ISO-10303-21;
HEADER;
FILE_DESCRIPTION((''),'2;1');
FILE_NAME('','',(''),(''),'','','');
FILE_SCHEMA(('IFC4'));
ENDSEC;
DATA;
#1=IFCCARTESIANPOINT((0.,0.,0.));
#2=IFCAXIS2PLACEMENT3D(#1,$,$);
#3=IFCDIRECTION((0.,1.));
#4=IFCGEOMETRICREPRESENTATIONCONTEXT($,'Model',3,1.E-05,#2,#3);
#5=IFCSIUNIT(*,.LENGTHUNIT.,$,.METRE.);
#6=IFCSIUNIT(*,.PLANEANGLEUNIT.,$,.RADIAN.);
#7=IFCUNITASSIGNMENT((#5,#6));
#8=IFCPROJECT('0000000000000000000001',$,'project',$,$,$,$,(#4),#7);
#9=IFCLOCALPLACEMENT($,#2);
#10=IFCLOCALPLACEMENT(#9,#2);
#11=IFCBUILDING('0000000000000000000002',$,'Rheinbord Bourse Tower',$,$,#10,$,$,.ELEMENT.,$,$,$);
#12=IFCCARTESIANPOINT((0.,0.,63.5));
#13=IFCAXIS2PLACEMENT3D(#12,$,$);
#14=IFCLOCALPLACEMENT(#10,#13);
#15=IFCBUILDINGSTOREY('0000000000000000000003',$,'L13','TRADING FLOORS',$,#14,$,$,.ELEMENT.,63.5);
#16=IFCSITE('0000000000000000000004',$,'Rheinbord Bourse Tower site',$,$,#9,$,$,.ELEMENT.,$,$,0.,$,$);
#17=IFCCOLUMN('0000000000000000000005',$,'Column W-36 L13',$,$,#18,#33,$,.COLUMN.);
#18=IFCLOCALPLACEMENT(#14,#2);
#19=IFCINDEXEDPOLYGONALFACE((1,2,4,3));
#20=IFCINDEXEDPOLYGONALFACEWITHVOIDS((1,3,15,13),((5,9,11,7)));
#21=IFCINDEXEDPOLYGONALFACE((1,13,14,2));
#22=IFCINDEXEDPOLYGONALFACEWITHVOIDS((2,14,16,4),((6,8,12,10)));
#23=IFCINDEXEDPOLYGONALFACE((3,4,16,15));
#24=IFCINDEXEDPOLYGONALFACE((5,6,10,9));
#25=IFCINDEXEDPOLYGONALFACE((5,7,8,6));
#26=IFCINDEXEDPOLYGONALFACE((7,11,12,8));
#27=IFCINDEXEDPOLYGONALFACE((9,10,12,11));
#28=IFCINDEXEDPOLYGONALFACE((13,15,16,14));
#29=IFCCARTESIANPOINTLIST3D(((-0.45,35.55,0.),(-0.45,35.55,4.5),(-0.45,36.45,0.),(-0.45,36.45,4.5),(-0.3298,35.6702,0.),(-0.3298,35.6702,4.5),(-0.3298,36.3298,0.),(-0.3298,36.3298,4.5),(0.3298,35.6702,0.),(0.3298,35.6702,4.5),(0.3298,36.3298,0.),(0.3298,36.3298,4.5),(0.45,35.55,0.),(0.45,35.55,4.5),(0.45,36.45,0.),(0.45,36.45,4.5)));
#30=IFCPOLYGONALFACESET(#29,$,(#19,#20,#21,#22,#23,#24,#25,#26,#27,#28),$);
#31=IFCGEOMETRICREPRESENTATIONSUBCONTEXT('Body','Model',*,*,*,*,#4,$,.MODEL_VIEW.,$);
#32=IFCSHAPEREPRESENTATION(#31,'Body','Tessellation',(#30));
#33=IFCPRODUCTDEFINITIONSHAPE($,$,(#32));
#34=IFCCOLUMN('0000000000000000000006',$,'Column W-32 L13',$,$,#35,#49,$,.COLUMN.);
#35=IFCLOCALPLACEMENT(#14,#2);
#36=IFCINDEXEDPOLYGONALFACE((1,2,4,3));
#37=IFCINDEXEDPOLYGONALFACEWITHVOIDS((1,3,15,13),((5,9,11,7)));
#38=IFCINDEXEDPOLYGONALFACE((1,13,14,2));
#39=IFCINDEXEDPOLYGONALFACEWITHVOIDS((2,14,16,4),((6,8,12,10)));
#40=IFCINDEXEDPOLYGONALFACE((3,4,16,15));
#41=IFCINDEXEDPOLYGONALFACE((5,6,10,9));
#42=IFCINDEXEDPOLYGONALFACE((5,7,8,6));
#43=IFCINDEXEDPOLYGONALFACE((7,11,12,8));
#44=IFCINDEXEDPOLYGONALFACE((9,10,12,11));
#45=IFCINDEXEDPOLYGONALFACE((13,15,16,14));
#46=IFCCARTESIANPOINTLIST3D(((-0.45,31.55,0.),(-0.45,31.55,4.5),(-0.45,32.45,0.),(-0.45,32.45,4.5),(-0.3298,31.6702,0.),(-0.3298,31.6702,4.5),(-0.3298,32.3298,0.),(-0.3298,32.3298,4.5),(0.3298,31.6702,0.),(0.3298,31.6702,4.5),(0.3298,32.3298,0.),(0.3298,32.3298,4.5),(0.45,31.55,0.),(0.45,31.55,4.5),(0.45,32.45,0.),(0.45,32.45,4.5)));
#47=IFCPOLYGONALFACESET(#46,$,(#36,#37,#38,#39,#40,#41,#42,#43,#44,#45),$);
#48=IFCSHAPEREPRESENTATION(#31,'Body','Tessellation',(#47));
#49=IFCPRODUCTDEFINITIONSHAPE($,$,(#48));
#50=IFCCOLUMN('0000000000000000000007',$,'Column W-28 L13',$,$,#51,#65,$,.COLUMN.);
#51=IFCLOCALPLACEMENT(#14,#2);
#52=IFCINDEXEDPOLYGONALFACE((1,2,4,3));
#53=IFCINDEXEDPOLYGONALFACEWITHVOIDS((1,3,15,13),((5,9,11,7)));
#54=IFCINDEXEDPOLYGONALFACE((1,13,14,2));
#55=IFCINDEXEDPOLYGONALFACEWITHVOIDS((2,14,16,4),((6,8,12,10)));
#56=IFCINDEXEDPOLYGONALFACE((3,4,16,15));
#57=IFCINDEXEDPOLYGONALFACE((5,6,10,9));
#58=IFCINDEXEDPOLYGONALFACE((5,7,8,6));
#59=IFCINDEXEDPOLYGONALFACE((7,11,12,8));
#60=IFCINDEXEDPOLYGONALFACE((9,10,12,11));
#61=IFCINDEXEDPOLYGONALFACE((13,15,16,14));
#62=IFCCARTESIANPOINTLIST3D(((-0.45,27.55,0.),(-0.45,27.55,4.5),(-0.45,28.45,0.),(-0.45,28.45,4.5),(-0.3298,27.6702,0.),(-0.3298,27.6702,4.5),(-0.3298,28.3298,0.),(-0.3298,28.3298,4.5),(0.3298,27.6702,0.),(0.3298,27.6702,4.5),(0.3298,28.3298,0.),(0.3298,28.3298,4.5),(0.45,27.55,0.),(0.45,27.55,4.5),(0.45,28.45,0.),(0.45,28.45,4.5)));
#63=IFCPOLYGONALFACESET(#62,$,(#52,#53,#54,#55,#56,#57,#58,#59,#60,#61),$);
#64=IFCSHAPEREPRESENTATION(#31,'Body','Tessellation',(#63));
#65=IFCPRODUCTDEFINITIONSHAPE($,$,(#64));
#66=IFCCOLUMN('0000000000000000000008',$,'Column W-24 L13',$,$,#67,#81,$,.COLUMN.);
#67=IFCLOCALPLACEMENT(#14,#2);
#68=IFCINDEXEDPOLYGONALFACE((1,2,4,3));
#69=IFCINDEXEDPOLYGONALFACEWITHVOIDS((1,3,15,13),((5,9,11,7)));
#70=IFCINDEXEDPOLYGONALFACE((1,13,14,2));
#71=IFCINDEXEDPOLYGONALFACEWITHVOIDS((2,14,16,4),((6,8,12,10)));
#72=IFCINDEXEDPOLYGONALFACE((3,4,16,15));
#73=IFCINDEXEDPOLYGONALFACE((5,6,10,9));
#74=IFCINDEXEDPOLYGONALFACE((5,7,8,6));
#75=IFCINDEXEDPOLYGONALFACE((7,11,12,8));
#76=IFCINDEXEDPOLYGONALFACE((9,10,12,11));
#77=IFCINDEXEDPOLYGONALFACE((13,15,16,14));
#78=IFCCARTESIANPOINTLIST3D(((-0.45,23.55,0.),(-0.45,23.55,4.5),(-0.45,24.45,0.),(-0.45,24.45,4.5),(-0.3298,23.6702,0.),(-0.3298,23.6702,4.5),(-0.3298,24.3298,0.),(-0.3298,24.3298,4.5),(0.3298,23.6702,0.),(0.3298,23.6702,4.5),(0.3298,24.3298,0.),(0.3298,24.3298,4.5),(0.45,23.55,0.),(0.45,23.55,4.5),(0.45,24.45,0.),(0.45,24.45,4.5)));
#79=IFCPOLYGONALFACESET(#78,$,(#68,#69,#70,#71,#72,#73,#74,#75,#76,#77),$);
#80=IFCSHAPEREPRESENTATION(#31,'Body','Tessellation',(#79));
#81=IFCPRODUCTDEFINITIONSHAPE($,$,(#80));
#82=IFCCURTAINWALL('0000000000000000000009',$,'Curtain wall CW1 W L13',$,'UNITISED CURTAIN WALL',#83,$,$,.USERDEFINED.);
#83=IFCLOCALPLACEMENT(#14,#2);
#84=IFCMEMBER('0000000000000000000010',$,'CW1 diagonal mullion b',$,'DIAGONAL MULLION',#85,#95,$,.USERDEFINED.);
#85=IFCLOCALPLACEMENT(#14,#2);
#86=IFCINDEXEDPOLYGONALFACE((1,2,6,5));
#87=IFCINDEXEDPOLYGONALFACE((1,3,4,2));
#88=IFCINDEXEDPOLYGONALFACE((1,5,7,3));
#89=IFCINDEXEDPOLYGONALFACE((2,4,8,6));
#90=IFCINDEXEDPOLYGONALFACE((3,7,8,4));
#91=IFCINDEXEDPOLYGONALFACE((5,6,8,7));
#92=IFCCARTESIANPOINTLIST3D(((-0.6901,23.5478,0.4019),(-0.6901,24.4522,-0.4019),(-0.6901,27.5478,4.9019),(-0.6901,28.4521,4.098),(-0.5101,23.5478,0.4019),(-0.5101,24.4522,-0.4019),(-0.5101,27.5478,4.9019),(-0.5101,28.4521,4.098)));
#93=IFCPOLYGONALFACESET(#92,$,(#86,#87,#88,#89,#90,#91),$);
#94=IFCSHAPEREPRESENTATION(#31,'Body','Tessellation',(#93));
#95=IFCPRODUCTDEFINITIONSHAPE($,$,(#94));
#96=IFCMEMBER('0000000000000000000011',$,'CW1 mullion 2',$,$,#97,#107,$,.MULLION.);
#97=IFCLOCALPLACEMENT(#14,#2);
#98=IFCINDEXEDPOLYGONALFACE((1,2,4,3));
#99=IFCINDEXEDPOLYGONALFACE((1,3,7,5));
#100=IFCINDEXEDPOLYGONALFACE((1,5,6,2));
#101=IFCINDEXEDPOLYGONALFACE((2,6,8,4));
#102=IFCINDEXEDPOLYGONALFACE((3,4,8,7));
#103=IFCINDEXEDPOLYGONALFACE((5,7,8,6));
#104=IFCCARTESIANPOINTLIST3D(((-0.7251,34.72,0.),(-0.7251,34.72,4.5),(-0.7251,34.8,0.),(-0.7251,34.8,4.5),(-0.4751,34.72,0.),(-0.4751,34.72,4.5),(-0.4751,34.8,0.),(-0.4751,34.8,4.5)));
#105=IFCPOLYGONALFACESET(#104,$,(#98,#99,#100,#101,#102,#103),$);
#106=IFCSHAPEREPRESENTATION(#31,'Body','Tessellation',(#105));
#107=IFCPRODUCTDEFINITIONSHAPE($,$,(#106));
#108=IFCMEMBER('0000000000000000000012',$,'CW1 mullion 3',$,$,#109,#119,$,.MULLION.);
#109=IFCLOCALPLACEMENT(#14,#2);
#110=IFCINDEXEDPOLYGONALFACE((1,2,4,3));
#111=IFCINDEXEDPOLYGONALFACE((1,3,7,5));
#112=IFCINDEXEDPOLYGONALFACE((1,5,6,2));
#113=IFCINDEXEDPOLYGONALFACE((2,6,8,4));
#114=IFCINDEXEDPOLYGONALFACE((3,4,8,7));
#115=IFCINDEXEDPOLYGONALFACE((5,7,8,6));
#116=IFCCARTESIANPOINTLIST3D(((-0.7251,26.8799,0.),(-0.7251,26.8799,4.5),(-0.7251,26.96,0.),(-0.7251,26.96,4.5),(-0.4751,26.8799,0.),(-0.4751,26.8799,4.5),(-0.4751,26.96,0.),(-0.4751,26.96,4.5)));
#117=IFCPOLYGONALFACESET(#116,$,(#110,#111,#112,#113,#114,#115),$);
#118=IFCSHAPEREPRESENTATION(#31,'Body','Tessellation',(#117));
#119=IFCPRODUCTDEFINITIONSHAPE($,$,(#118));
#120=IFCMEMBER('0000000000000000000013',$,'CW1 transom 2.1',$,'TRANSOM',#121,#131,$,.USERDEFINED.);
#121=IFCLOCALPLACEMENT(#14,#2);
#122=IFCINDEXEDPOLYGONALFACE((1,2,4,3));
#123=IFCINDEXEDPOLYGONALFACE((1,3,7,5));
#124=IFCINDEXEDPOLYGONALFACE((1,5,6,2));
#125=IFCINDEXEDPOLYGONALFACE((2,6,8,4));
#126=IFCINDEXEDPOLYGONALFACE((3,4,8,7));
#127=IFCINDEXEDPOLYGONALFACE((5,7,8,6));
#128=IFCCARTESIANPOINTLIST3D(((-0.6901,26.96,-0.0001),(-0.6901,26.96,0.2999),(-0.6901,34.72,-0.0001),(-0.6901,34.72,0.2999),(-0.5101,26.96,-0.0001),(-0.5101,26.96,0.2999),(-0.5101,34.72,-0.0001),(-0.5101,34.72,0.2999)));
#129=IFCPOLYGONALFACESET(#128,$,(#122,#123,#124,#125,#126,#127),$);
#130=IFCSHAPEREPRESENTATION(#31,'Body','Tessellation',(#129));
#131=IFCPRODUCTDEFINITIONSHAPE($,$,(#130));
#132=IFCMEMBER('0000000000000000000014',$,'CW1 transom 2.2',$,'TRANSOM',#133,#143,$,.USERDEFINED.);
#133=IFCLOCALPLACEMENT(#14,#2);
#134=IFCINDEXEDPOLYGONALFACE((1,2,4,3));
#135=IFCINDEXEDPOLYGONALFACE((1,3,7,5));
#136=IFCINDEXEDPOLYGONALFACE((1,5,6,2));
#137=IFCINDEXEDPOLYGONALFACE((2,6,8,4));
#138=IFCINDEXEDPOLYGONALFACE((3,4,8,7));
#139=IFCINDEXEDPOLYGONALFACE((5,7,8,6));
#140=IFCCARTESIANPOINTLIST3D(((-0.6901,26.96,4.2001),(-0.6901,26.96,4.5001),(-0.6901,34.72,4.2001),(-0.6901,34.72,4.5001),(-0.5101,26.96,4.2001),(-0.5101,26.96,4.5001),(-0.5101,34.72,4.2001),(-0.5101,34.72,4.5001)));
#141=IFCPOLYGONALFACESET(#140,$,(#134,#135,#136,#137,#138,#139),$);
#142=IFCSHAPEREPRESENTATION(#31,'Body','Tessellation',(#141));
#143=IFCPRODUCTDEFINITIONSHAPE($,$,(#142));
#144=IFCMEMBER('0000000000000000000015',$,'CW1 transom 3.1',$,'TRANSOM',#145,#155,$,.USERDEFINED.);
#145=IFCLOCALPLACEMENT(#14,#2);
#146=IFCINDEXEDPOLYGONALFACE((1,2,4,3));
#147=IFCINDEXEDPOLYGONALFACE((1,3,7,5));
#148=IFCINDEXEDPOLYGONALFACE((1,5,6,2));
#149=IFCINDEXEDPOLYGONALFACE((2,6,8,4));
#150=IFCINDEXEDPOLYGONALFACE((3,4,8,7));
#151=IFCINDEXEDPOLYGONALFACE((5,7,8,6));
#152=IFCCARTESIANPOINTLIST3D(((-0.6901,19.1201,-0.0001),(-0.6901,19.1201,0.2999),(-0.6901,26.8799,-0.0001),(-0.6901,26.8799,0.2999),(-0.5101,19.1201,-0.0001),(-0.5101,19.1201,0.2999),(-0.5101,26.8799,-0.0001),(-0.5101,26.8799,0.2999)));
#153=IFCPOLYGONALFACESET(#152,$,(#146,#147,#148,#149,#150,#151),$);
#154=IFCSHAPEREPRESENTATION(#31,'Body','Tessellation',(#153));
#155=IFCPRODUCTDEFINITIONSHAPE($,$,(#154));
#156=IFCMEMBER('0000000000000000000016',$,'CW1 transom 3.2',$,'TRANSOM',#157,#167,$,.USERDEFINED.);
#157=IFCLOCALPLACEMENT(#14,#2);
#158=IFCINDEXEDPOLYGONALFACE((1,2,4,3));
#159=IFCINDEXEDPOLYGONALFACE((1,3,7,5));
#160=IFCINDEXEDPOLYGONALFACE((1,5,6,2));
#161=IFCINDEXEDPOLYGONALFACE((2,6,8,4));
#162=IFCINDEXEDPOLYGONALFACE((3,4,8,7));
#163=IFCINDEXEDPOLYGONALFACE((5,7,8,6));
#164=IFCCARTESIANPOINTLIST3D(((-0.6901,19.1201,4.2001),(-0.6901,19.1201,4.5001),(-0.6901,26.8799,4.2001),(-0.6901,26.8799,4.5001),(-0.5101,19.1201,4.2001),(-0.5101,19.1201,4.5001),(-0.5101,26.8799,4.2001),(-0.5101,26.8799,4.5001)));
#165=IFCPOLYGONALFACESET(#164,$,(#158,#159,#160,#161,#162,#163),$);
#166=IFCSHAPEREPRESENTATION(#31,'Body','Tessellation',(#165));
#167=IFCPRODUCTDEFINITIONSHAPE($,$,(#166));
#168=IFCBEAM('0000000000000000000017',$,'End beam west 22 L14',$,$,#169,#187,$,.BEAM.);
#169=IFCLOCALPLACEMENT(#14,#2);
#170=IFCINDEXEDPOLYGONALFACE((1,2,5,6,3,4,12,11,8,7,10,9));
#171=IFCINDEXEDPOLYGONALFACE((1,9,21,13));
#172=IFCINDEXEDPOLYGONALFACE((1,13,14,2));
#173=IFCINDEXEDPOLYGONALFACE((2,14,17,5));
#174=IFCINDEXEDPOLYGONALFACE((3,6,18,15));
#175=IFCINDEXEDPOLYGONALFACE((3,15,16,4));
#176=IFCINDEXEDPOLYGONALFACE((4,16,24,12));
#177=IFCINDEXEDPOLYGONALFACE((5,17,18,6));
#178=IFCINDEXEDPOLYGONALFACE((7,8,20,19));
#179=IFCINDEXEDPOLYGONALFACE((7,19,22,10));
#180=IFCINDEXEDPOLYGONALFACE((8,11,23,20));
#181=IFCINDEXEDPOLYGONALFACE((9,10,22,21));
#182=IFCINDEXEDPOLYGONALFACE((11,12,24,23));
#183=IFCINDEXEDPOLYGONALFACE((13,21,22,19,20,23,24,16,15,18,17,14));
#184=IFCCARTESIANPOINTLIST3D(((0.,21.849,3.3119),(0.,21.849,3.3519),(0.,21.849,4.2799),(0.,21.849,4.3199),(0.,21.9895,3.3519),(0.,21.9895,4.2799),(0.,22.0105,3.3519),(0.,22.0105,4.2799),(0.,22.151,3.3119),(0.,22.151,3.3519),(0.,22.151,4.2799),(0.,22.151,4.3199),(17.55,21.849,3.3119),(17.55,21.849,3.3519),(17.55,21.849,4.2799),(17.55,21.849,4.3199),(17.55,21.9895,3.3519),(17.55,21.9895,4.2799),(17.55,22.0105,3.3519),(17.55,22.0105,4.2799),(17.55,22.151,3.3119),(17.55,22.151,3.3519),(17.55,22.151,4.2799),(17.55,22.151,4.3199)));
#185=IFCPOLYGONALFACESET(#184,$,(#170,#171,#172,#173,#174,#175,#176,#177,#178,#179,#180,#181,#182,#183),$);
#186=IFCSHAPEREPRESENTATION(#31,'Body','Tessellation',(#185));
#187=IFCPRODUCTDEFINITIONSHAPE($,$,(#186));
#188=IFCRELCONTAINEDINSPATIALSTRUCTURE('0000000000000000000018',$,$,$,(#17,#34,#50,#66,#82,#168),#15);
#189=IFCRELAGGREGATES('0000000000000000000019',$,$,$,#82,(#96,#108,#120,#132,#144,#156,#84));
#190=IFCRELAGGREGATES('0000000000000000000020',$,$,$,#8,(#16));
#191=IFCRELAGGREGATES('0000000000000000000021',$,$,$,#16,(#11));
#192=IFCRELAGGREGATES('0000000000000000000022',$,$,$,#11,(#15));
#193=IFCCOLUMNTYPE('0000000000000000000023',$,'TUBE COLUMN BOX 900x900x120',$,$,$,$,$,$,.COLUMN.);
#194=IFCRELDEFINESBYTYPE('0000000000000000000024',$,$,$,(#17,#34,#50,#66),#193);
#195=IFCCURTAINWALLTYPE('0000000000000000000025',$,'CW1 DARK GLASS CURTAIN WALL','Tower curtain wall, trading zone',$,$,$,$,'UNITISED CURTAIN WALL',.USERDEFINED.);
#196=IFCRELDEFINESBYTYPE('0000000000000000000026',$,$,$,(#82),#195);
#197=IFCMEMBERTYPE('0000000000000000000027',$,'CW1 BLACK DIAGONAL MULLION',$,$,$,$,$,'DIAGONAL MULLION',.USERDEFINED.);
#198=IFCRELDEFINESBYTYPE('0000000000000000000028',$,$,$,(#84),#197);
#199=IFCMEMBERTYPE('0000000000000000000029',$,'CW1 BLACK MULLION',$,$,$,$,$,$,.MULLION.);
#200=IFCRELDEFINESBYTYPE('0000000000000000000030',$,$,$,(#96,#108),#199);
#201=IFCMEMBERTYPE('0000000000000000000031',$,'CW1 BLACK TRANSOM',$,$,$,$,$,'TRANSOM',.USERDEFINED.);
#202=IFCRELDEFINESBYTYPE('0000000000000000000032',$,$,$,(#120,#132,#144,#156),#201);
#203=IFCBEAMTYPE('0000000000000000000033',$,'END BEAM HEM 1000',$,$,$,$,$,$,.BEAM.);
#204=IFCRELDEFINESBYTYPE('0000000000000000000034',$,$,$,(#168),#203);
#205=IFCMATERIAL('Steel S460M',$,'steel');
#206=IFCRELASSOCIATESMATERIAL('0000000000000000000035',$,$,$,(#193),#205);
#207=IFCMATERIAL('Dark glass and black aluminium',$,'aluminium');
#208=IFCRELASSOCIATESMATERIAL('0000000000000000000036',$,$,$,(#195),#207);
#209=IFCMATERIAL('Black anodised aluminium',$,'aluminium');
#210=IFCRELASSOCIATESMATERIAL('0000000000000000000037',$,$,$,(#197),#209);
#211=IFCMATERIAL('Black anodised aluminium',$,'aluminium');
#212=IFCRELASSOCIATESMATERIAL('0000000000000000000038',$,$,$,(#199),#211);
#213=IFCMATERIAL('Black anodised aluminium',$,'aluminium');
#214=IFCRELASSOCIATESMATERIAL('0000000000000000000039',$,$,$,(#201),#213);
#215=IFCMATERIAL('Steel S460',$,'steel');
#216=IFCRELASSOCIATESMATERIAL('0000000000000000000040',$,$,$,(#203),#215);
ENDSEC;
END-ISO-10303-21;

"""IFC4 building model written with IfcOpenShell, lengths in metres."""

from ifc_helpers import new_model, si_unit, direction, frame, origin, origin_2d, place, context, subcontext, project, spatial, rectangle, hollow_rectangle, i_section, extrude, material, material_profile, profile_set, type_object, element, aggregate, save


model = new_model("IFC4")

# Units and contexts
model_context = context("Model", 3, precision=1e-05, world=origin(), true_north=direction((0.0, 1.0)))
body_context = subcontext(model_context, "Body", "Model", "MODEL_VIEW")
ifc_project = project(units=[si_unit("LENGTHUNIT", "METRE"), si_unit("PLANEANGLEUNIT", "RADIAN")], contexts=[model_context])

# Site, building, storey
site_placement = place(None, origin())
site = spatial("IfcSite", under=ifc_project, at=site_placement, Name="Rheinbord Bourse Tower site", CompositionType="ELEMENT", RefElevation=0.0)
building_placement = place(site_placement, origin())
building = spatial("IfcBuilding", under=site, at=building_placement, Name="Rheinbord Bourse Tower", CompositionType="ELEMENT")
storey_placement = place(building_placement, frame((0.0, 0.0, 63.5)))
storey = spatial("IfcBuildingStorey", under=building, at=storey_placement, Name="L13", Description="TRADING FLOORS", CompositionType="ELEMENT", Elevation=63.5)

# Columns
ifc_material_1 = material(Name="Steel S460M", Category="steel")
ifc_material_profile_1 = material_profile(ifc_material_1, hollow_rectangle(XDim=0.8999, YDim=0.8999, WallThickness=0.1201, at=origin_2d()), Name="BOX 900x900x120")
ifc_profile_set_1 = profile_set([ifc_material_profile_1], Name="Steel S460M")
column_type = type_object("IfcColumnType", Name="TUBE COLUMN BOX 900x900x120", PredefinedType="COLUMN", material=ifc_profile_set_1)
for number, where, z_axis, x_axis, name in (
    (1, (0.0, 36.0, 0.0), (0.0, 0.0, 1.0), (1.0, 0.0, 0.0), "Column W-36 L13"),
    (2, (0.0, 32.0, 0.0), (0.0, 0.0, 1.0), (1.0, 0.0, 0.0), "Column W-32 L13"),
    (3, (0.0, 28.0, 0.0), (0.0, 0.0, 1.0), (1.0, 0.0, 0.0), "Column W-28 L13"),
    (4, (0.0, 24.0, 0.0), (0.0, 0.0, 1.0), (1.0, 0.0, 0.0), "Column W-24 L13"),
):
    element("IfcColumn", number, at=place(storey_placement, frame(where, z_axis=z_axis, x_axis=x_axis)), inside=storey, type_object=column_type, Name=name, PredefinedType="COLUMN", context=body_context, shape_type="SweptSolid", body=[
        extrude(hollow_rectangle(XDim=0.8999, YDim=0.8999, WallThickness=0.1201, at=origin_2d()), origin(), (0.0, 0.0, 1.0), 4.5),
    ])

# Curtain wall, members
ifc_material_2 = material(Name="Dark glass and black aluminium", Category="aluminium")
curtain_wall_type = type_object("IfcCurtainWallType", Name="CW1 DARK GLASS CURTAIN WALL", Description="Tower curtain wall, trading zone", ElementType="UNITISED CURTAIN WALL", PredefinedType="USERDEFINED", material=ifc_material_2)
curtain_wall_placement = place(storey_placement, origin())
curtain_wall = element("IfcCurtainWall", 5, at=curtain_wall_placement, inside=storey, type_object=curtain_wall_type, Name="Curtain wall CW1 W L13", ObjectType="UNITISED CURTAIN WALL", PredefinedType="USERDEFINED")
ifc_material_3 = material(Name="Black anodised aluminium", Category="aluminium")
ifc_material_profile_2 = material_profile(ifc_material_3, rectangle(XDim=0.1799, YDim=1.21, at=origin_2d()), Name="CW1 DIAGONAL MULLION 1210x180")
ifc_profile_set_2 = profile_set([ifc_material_profile_2], Name="Black anodised aluminium")
member_type_1 = type_object("IfcMemberType", Name="CW1 BLACK DIAGONAL MULLION", ElementType="DIAGONAL MULLION", PredefinedType="USERDEFINED", material=ifc_profile_set_2)
member_1_placement = place(storey_placement, frame((-0.6001, 24.0, 0.0), z_axis=(0.0, 0.664364, 0.747409), x_axis=(-1.0, 0.0, 0.0)))
member_1 = element("IfcMember", 6, at=member_1_placement, type_object=member_type_1, Name="CW1 diagonal mullion b", ObjectType="DIAGONAL MULLION", PredefinedType="USERDEFINED", context=body_context, shape_type="SweptSolid", body=[
    extrude(rectangle(XDim=0.1799, YDim=1.21, at=origin_2d()), origin(), (0.0, 0.0, 1.0), 6.0208),
])
ifc_material_4 = material(Name="Black anodised aluminium", Category="aluminium")
ifc_material_profile_3 = material_profile(ifc_material_4, rectangle(XDim=0.25, YDim=0.0801, at=origin_2d()), Name="CW1 MULLION 80x250")
ifc_profile_set_3 = profile_set([ifc_material_profile_3], Name="Black anodised aluminium")
member_type_2 = type_object("IfcMemberType", Name="CW1 BLACK MULLION", PredefinedType="MULLION", material=ifc_profile_set_3)
member_2_placement = place(storey_placement, frame((-0.6001, 34.76, 0.0), z_axis=(0.0, 0.0, 1.0), x_axis=(1.0, 0.0, 0.0)))
member_2 = element("IfcMember", 7, at=member_2_placement, type_object=member_type_2, Name="CW1 mullion 2", PredefinedType="MULLION", context=body_context, shape_type="SweptSolid", body=[
    extrude(rectangle(XDim=0.25, YDim=0.0801, at=origin_2d()), origin(), (0.0, 0.0, 1.0), 4.5),
])
member_3_placement = place(storey_placement, frame((-0.6001, 26.9199, 0.0), z_axis=(0.0, 0.0, 1.0), x_axis=(1.0, 0.0, 0.0)))
member_3 = element("IfcMember", 8, at=member_3_placement, type_object=member_type_2, Name="CW1 mullion 3", PredefinedType="MULLION", context=body_context, shape_type="SweptSolid", body=[
    extrude(rectangle(XDim=0.25, YDim=0.0801, at=origin_2d()), origin(), (0.0, 0.0, 1.0), 4.5),
])
ifc_material_5 = material(Name="Black anodised aluminium", Category="aluminium")
ifc_material_profile_4 = material_profile(ifc_material_5, rectangle(XDim=0.1799, YDim=0.3, at=origin_2d()), Name="CW1 TRANSOM 300x180")
ifc_profile_set_4 = profile_set([ifc_material_profile_4], Name="Black anodised aluminium")
member_type_3 = type_object("IfcMemberType", Name="CW1 BLACK TRANSOM", ElementType="TRANSOM", PredefinedType="USERDEFINED", material=ifc_profile_set_4)
member_4_placement = place(storey_placement, frame((-0.6001, 34.72, 0.1499), z_axis=(0.0, -1.0, 0.0), x_axis=(1.0, 0.0, 0.0)))
member_4 = element("IfcMember", 9, at=member_4_placement, type_object=member_type_3, Name="CW1 transom 2.1", ObjectType="TRANSOM", PredefinedType="USERDEFINED", context=body_context, shape_type="SweptSolid", body=[
    extrude(rectangle(XDim=0.1799, YDim=0.3, at=origin_2d()), origin(), (0.0, 0.0, 1.0), 7.76),
])
member_5_placement = place(storey_placement, frame((-0.6001, 34.72, 4.3501), z_axis=(0.0, -1.0, 0.0), x_axis=(1.0, 0.0, 0.0)))
member_5 = element("IfcMember", 10, at=member_5_placement, type_object=member_type_3, Name="CW1 transom 2.2", ObjectType="TRANSOM", PredefinedType="USERDEFINED", context=body_context, shape_type="SweptSolid", body=[
    extrude(rectangle(XDim=0.1799, YDim=0.3, at=origin_2d()), origin(), (0.0, 0.0, 1.0), 7.76),
])
member_6_placement = place(storey_placement, frame((-0.6001, 26.8799, 0.1499), z_axis=(0.0, -1.0, 0.0), x_axis=(1.0, 0.0, 0.0)))
member_6 = element("IfcMember", 11, at=member_6_placement, type_object=member_type_3, Name="CW1 transom 3.1", ObjectType="TRANSOM", PredefinedType="USERDEFINED", context=body_context, shape_type="SweptSolid", body=[
    extrude(rectangle(XDim=0.1799, YDim=0.3, at=origin_2d()), origin(), (0.0, 0.0, 1.0), 7.7598),
])
member_7_placement = place(storey_placement, frame((-0.6001, 26.8799, 4.3501), z_axis=(0.0, -1.0, 0.0), x_axis=(1.0, 0.0, 0.0)))
member_7 = element("IfcMember", 12, at=member_7_placement, type_object=member_type_3, Name="CW1 transom 3.2", ObjectType="TRANSOM", PredefinedType="USERDEFINED", context=body_context, shape_type="SweptSolid", body=[
    extrude(rectangle(XDim=0.1799, YDim=0.3, at=origin_2d()), origin(), (0.0, 0.0, 1.0), 7.7598),
])

# Beam
ifc_material_6 = material(Name="Steel S460", Category="steel")
ifc_material_profile_5 = material_profile(ifc_material_6, i_section(OverallWidth=0.302, OverallDepth=1.0081, WebThickness=0.021, FlangeThickness=0.04, at=origin_2d()), Name="HEM 1000")
ifc_profile_set_5 = profile_set([ifc_material_profile_5], Name="Steel S460")
beam_type_1 = type_object("IfcBeamType", Name="END BEAM HEM 1000", PredefinedType="BEAM", material=ifc_profile_set_5)
for number, where, z_axis, x_axis, name in (
    (13, (0.0, 22.0, 3.8159), (1.0, 0.0, 0.0), (0.0, 1.0, 0.0), "End beam west 22 L14"),
):
    element("IfcBeam", number, at=place(storey_placement, frame(where, z_axis=z_axis, x_axis=x_axis)), inside=storey, type_object=beam_type_1, Name=name, PredefinedType="BEAM", context=body_context, shape_type="SweptSolid", body=[
        extrude(i_section(OverallWidth=0.302, OverallDepth=1.0081, WebThickness=0.021, FlangeThickness=0.04, at=origin_2d()), origin(), (0.0, 0.0, 1.0), 17.55),
    ])

aggregate(curtain_wall, [member_2, member_3, member_4, member_5, member_6, member_7, member_1])

save(model, "model.ifc")
